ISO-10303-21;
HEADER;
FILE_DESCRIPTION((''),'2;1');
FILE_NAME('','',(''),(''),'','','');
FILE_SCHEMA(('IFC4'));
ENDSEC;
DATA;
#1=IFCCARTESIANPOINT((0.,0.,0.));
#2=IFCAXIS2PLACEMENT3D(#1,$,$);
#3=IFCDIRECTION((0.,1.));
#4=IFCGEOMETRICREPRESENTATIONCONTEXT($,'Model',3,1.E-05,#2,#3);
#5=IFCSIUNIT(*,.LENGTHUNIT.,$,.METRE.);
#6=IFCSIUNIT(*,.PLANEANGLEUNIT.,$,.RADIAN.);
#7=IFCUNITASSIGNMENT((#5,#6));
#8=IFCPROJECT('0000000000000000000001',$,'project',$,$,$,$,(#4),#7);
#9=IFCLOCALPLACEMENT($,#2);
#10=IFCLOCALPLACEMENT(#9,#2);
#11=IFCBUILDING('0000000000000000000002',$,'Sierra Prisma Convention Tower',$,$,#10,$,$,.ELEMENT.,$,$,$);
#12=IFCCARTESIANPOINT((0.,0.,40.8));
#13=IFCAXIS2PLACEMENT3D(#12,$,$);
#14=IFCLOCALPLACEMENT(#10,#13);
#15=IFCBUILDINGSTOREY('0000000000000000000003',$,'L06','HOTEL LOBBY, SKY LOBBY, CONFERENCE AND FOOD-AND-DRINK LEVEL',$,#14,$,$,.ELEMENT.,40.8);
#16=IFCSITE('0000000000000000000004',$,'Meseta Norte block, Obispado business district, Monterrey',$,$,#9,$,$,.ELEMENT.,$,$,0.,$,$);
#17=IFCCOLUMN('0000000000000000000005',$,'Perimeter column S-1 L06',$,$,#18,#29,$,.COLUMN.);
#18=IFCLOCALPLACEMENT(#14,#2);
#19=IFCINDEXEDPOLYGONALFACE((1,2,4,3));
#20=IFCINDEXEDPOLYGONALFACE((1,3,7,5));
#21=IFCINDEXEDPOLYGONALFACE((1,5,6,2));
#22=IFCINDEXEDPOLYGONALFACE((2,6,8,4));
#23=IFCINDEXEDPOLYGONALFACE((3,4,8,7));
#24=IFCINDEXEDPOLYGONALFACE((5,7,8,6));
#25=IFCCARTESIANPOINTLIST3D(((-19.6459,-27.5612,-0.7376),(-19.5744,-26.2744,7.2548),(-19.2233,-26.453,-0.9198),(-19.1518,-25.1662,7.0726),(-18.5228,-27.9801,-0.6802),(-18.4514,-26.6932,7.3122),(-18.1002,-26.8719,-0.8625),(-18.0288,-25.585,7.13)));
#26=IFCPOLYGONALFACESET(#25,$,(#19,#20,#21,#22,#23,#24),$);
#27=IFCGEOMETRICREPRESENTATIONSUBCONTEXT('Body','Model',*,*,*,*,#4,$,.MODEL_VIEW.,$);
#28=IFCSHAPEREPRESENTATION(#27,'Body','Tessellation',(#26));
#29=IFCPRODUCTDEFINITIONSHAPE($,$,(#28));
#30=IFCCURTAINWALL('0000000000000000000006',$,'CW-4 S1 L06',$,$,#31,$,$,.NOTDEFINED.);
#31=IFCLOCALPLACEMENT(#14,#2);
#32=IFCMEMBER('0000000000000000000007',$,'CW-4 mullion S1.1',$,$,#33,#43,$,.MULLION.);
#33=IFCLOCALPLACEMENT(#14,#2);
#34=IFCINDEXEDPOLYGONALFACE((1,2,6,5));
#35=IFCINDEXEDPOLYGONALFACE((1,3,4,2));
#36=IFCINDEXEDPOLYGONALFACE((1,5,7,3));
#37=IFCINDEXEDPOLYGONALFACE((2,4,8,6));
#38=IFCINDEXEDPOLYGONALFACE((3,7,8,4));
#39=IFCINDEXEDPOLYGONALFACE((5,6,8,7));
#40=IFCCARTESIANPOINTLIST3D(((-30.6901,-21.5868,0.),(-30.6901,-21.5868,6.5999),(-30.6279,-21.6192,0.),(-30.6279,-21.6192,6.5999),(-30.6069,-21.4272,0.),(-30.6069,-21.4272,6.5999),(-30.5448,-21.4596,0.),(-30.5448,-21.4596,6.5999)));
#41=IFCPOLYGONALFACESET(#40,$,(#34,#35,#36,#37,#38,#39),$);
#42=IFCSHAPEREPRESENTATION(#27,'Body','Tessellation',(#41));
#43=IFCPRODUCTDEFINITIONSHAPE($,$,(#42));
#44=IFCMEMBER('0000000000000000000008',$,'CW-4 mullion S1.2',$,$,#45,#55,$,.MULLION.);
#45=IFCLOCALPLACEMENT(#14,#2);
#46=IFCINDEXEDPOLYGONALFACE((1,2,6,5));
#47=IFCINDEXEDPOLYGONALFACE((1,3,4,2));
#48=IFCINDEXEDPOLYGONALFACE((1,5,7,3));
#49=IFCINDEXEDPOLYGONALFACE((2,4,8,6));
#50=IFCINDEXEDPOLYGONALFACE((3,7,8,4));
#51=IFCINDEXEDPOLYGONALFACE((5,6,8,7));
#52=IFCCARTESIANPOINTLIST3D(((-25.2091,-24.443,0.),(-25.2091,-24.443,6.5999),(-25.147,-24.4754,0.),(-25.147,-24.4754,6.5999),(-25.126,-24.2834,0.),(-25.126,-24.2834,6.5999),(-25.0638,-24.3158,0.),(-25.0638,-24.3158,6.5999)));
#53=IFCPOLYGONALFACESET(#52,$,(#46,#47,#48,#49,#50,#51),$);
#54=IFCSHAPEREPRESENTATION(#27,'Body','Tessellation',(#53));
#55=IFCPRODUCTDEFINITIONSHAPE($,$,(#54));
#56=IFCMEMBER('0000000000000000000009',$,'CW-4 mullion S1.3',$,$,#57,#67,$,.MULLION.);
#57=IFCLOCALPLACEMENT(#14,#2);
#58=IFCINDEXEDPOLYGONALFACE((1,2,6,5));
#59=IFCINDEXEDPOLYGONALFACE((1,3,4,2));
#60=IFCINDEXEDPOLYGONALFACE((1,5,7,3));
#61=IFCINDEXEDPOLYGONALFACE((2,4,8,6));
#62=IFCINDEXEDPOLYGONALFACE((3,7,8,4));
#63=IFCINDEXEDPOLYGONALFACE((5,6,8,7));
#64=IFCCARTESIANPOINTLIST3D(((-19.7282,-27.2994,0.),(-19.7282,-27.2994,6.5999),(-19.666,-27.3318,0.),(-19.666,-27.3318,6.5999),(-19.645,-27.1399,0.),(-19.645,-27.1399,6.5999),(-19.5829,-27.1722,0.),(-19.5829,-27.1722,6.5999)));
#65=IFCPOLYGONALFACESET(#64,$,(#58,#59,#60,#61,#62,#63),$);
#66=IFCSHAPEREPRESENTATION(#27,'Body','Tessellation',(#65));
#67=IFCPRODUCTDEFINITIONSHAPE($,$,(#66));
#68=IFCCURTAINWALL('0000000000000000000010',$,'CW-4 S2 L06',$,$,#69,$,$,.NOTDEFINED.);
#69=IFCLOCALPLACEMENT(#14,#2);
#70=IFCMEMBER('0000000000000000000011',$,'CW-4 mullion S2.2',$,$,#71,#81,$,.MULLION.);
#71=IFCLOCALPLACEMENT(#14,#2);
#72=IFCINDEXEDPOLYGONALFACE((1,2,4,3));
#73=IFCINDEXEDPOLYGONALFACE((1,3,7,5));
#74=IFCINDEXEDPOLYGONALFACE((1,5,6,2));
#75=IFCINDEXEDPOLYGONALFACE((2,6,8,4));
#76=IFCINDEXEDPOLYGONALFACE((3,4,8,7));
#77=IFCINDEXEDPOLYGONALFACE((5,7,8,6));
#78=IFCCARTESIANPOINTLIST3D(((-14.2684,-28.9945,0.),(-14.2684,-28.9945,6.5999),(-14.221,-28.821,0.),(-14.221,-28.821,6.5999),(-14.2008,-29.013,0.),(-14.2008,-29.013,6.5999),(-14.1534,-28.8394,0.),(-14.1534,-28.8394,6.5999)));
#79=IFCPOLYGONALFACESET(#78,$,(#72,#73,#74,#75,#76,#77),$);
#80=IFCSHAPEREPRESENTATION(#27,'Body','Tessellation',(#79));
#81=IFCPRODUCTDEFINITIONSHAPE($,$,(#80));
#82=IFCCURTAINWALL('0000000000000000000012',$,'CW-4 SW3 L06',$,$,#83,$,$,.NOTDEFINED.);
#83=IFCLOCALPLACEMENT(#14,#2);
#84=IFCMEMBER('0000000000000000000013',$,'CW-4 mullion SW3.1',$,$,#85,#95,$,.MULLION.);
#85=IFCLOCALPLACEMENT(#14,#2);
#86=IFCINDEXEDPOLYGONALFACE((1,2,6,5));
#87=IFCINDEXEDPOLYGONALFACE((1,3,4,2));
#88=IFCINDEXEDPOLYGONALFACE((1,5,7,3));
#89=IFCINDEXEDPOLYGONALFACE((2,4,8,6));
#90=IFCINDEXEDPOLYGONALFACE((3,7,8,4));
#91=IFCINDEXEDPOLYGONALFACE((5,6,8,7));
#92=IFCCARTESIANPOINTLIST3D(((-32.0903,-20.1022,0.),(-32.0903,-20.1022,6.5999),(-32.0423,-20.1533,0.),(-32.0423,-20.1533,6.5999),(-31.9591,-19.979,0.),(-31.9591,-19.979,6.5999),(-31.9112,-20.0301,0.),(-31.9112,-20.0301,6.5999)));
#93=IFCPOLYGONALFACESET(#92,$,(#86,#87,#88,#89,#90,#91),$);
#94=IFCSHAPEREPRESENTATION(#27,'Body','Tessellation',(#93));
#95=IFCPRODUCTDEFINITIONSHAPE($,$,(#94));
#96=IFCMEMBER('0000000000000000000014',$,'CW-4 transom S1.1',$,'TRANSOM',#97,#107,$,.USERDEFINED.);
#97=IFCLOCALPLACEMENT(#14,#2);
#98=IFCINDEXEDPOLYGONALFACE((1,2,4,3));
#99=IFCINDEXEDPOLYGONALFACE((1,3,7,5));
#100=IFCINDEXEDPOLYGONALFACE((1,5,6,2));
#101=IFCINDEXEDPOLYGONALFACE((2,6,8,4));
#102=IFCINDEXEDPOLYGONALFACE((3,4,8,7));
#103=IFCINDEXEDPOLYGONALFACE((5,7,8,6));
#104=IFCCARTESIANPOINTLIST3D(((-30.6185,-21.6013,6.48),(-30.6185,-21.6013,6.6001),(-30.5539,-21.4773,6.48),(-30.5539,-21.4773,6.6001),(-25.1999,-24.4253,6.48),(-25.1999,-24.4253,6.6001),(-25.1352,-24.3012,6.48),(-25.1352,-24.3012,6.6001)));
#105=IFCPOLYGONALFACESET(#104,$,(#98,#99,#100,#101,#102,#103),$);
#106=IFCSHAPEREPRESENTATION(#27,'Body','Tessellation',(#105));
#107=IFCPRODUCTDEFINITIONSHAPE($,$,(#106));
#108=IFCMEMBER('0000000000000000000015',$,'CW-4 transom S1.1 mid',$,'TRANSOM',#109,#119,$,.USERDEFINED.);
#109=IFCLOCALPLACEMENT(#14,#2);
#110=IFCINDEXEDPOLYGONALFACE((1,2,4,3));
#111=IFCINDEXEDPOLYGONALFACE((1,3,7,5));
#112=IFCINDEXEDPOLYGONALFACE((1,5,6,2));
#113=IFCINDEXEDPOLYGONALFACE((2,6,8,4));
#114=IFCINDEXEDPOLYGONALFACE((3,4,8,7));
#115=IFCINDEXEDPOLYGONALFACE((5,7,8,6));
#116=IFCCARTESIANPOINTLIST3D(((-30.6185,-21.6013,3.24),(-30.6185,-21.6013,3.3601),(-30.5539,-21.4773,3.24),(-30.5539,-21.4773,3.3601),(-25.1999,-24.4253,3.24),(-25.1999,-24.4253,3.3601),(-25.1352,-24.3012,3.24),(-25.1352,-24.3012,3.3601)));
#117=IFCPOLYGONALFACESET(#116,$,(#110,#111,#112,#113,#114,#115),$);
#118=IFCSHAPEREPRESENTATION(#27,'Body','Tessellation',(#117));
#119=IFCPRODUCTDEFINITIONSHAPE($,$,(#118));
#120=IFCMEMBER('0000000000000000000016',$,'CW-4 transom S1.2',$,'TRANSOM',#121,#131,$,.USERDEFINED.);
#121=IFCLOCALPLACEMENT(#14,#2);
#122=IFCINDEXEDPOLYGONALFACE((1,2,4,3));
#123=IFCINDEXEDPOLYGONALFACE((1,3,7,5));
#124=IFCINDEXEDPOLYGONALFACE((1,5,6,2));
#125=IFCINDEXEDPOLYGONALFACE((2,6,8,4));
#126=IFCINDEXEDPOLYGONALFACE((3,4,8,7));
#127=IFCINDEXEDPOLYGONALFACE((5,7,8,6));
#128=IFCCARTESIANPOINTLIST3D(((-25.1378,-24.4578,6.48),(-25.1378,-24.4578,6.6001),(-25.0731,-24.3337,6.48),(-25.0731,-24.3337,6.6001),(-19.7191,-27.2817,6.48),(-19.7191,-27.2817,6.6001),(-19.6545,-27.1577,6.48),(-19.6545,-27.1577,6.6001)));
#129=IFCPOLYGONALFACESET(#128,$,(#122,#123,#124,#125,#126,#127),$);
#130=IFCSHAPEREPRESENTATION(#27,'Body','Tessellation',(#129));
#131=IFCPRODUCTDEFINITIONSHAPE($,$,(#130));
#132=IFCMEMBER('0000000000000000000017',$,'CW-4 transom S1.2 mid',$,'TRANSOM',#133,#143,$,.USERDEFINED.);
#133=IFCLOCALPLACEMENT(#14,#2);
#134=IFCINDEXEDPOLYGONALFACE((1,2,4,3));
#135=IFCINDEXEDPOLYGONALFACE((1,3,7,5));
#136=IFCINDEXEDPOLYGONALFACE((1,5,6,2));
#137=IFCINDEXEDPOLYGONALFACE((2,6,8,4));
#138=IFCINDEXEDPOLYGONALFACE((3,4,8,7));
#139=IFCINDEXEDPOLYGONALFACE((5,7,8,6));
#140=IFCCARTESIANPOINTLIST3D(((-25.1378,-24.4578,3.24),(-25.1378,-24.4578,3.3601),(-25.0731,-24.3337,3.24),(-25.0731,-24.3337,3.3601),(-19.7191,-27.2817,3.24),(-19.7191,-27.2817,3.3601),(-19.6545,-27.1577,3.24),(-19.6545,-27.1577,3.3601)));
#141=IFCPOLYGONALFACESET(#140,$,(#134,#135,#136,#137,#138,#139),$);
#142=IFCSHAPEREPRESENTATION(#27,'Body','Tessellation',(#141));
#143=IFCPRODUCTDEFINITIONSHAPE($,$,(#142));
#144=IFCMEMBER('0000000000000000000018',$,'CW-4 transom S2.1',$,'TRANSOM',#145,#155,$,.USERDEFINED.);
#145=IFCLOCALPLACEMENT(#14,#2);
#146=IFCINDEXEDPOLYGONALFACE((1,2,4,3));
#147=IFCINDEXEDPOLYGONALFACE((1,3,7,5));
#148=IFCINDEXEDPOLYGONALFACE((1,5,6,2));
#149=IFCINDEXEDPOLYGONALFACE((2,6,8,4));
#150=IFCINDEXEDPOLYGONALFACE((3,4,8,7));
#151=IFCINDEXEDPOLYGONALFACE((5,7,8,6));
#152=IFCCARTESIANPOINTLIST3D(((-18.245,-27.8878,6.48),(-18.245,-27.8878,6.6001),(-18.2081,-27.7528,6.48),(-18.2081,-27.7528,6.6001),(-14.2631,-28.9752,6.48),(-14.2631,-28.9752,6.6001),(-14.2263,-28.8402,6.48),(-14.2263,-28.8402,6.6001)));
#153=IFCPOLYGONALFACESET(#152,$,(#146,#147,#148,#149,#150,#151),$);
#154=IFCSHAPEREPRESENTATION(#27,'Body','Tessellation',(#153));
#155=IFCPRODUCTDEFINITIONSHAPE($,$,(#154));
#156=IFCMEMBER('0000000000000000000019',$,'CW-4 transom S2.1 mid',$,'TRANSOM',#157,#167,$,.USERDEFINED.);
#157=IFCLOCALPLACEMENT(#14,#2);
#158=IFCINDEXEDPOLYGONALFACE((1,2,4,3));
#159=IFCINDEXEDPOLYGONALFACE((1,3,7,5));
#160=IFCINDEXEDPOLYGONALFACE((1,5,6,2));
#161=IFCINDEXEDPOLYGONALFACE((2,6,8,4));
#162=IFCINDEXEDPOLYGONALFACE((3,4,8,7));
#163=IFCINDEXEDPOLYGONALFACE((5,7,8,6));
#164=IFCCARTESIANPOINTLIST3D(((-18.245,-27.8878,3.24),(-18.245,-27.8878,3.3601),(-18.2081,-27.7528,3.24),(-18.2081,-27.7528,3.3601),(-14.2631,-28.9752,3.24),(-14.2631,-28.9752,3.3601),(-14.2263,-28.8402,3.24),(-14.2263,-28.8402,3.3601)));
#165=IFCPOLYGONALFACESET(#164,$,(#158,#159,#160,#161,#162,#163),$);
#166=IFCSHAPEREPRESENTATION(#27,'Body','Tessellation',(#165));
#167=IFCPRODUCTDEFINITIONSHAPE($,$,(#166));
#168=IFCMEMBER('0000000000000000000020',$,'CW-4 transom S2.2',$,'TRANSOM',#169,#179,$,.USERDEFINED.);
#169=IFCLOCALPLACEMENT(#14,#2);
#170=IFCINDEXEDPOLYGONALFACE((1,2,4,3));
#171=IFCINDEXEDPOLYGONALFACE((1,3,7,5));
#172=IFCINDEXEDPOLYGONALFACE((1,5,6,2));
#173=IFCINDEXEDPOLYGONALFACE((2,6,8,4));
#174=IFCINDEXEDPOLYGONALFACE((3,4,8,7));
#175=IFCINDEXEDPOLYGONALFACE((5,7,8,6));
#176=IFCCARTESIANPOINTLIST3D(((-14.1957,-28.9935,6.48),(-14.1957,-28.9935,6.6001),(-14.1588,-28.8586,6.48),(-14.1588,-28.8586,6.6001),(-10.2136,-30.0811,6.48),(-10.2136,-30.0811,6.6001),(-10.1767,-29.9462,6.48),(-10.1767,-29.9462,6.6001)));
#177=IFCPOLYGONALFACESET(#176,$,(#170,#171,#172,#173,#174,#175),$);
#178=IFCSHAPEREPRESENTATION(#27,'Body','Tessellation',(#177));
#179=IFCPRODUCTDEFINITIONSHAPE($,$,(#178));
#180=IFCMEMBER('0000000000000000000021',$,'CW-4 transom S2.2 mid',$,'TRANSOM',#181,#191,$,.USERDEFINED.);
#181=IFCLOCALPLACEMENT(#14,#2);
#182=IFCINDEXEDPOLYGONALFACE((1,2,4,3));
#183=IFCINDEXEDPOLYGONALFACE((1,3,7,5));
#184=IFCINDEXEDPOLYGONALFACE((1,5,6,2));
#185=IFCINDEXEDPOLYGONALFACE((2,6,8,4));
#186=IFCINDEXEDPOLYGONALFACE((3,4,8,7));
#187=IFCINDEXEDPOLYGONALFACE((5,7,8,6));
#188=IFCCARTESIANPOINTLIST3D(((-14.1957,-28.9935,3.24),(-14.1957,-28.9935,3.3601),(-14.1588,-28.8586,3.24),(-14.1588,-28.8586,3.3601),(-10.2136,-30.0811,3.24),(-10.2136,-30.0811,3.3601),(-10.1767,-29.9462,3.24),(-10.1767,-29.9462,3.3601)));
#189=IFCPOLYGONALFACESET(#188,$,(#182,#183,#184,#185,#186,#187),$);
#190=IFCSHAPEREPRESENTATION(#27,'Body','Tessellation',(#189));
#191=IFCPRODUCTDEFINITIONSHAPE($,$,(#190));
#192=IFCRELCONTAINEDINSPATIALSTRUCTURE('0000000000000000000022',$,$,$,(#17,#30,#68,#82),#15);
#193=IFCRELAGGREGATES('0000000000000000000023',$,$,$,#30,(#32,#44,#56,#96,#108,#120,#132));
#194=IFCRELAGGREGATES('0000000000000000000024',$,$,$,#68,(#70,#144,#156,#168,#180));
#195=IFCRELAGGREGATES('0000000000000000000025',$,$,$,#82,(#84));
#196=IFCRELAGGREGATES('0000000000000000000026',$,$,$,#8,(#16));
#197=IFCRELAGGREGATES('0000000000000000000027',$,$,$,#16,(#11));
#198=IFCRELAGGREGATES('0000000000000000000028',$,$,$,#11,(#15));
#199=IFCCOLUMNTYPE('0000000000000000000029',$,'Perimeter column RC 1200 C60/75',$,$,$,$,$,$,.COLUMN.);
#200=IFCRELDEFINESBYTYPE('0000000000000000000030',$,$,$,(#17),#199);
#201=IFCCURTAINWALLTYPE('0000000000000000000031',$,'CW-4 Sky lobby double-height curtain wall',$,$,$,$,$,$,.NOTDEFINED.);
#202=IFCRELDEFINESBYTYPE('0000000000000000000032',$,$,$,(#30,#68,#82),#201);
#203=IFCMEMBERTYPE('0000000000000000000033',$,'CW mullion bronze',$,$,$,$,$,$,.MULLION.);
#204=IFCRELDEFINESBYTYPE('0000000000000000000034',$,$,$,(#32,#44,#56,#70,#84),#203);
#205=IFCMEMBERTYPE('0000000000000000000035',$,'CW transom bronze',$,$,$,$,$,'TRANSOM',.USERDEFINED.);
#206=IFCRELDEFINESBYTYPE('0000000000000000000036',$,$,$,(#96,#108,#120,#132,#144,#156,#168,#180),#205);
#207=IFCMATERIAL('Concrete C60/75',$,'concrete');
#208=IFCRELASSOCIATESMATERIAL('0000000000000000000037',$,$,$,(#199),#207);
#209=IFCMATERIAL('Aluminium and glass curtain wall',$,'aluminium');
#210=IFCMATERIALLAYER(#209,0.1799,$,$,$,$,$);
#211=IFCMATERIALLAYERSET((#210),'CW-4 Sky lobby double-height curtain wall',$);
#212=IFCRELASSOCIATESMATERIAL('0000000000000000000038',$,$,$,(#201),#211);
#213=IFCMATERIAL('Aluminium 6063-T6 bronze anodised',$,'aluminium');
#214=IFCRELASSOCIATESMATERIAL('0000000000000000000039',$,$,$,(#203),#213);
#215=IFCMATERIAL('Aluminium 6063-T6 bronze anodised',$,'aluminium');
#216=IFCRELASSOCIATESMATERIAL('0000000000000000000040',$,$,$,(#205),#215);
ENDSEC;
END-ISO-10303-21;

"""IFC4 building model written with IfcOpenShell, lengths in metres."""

from ifc_helpers import new_model, si_unit, direction, frame, origin, origin_2d, place, context, subcontext, project, spatial, rectangle, extrude, clip, halfspace, material, layer, layer_set, material_profile, profile_set, type_object, element, aggregate, save


model = new_model("IFC4")

# Units and contexts
model_context = context("Model", 3, precision=1e-05, world=origin(), true_north=direction((0.0, 1.0)))
body_context = subcontext(model_context, "Body", "Model", "MODEL_VIEW")
ifc_project = project(units=[si_unit("LENGTHUNIT", "METRE"), si_unit("PLANEANGLEUNIT", "RADIAN")], contexts=[model_context])

# Site, building, storey
site_placement = place(None, origin())
site = spatial("IfcSite", under=ifc_project, at=site_placement, Name="Meseta Norte block, Obispado business district, Monterrey", CompositionType="ELEMENT", RefElevation=0.0)
building_placement = place(site_placement, origin())
building = spatial("IfcBuilding", under=site, at=building_placement, Name="Sierra Prisma Convention Tower", CompositionType="ELEMENT")
storey_placement = place(building_placement, frame((0.0, 0.0, 40.8)))
storey = spatial("IfcBuildingStorey", under=building, at=storey_placement, Name="L06", Description="HOTEL LOBBY, SKY LOBBY, CONFERENCE AND FOOD-AND-DRINK LEVEL", CompositionType="ELEMENT", Elevation=40.8)

# Column
ifc_material_1 = material(Name="Concrete C60/75", Category="concrete")
ifc_material_profile_1 = material_profile(ifc_material_1, rectangle(XDim=1.2, YDim=1.2, at=origin_2d()), Name="Perimeter column RC 1200 C60/75")
ifc_profile_set_1 = profile_set([ifc_material_profile_1], Name="Concrete C60/75")
column_type = type_object("IfcColumnType", Name="Perimeter column RC 1200 C60/75", PredefinedType="COLUMN", material=ifc_profile_set_1)
column_placement = place(storey_placement, frame((-18.873, -27.2166, -0.8), z_axis=(0.008828, 0.158957, 0.987246), x_axis=(-0.93589, 0.34903, -0.047829)))
element("IfcColumn", 1, at=column_placement, inside=storey, type_object=column_type, Name="Perimeter column S-1 L06", PredefinedType="COLUMN", context=body_context, shape_type="SweptSolid", body=[
    clip(extrude(rectangle(XDim=1.2, YDim=1.2, at=origin_2d()), origin(), (0.0, 0.0, 1.0), 8.1033), halfspace(frame((0.0, 0.0, 8.0957)), False)),
])

# Curtain wall, members
ifc_material_2 = material(Name="Aluminium and glass curtain wall", Category="aluminium")
ifc_layer_1 = layer(ifc_material_2, 0.1799)
ifc_layer_set_1 = layer_set([ifc_layer_1], Name="CW-4 Sky lobby double-height curtain wall")
curtain_wall_type = type_object("IfcCurtainWallType", Name="CW-4 Sky lobby double-height curtain wall", PredefinedType="NOTDEFINED", material=ifc_layer_set_1)
curtain_wall_1_placement = place(storey_placement, origin())
curtain_wall_1 = element("IfcCurtainWall", 2, at=curtain_wall_1_placement, inside=storey, type_object=curtain_wall_type, Name="CW-4 S1 L06", PredefinedType="NOTDEFINED")
ifc_material_3 = material(Name="Aluminium 6063-T6 bronze anodised", Category="aluminium")
ifc_material_profile_2 = material_profile(ifc_material_3, rectangle(XDim=0.1799, YDim=0.0701, at=origin_2d()), Name="ALU MULLION 70x180")
ifc_profile_set_2 = profile_set([ifc_material_profile_2], Name="Aluminium 6063-T6 bronze anodised")
member_type_1 = type_object("IfcMemberType", Name="CW mullion bronze", PredefinedType="MULLION", material=ifc_profile_set_2)
member_1_placement = place(storey_placement, frame((-30.6174, -21.5232, 0.0), z_axis=(0.0, 0.0, 1.0), x_axis=(0.462151, 0.886801, 0.0)))
member_1 = element("IfcMember", 3, at=member_1_placement, type_object=member_type_1, Name="CW-4 mullion S1.1", PredefinedType="MULLION", context=body_context, shape_type="SweptSolid", body=[
    extrude(rectangle(XDim=0.1799, YDim=0.0701, at=origin_2d()), origin(), (0.0, 0.0, 1.0), 6.5999),
])
member_2_placement = place(storey_placement, frame((-25.1365, -24.3794, 0.0), z_axis=(0.0, 0.0, 1.0), x_axis=(0.462151, 0.886801, 0.0)))
member_2 = element("IfcMember", 4, at=member_2_placement, type_object=member_type_1, Name="CW-4 mullion S1.2", PredefinedType="MULLION", context=body_context, shape_type="SweptSolid", body=[
    extrude(rectangle(XDim=0.1799, YDim=0.0701, at=origin_2d()), origin(), (0.0, 0.0, 1.0), 6.5999),
])
member_3_placement = place(storey_placement, frame((-19.6555, -27.2358, 0.0), z_axis=(0.0, 0.0, 1.0), x_axis=(0.462151, 0.886801, 0.0)))
member_3 = element("IfcMember", 5, at=member_3_placement, type_object=member_type_1, Name="CW-4 mullion S1.3", PredefinedType="MULLION", context=body_context, shape_type="SweptSolid", body=[
    extrude(rectangle(XDim=0.1799, YDim=0.0701, at=origin_2d()), origin(), (0.0, 0.0, 1.0), 6.5999),
])

# Curtain walls, members
curtain_wall_2_placement = place(storey_placement, origin())
curtain_wall_2 = element("IfcCurtainWall", 6, at=curtain_wall_2_placement, inside=storey, type_object=curtain_wall_type, Name="CW-4 S2 L06", PredefinedType="NOTDEFINED")
member_4_placement = place(storey_placement, frame((-14.2109, -28.917, 0.0), z_axis=(0.0, 0.0, 1.0), x_axis=(0.263456, 0.964671, 0.0)))
member_4 = element("IfcMember", 7, at=member_4_placement, type_object=member_type_1, Name="CW-4 mullion S2.2", PredefinedType="MULLION", context=body_context, shape_type="SweptSolid", body=[
    extrude(rectangle(XDim=0.1799, YDim=0.0701, at=origin_2d()), origin(), (0.0, 0.0, 1.0), 6.5999),
])
curtain_wall_3_placement = place(storey_placement, origin())
curtain_wall_3 = element("IfcCurtainWall", 8, at=curtain_wall_3_placement, inside=storey, type_object=curtain_wall_type, Name="CW-4 SW3 L06", PredefinedType="NOTDEFINED")
member_5_placement = place(storey_placement, frame((-32.0007, -20.0662, 0.0), z_axis=(0.0, 0.0, 1.0), x_axis=(0.729107, 0.6844, 0.0)))
member_5 = element("IfcMember", 9, at=member_5_placement, type_object=member_type_1, Name="CW-4 mullion SW3.1", PredefinedType="MULLION", context=body_context, shape_type="SweptSolid", body=[
    extrude(rectangle(XDim=0.1799, YDim=0.0701, at=origin_2d()), origin(), (0.0, 0.0, 1.0), 6.5999),
])

# Members
ifc_material_4 = material(Name="Aluminium 6063-T6 bronze anodised", Category="aluminium")
ifc_material_profile_3 = material_profile(ifc_material_4, rectangle(XDim=0.1399, YDim=0.1201, at=origin_2d()), Name="ALU TRANSOM 120x140")
ifc_profile_set_3 = profile_set([ifc_material_profile_3], Name="Aluminium 6063-T6 bronze anodised")
member_type_2 = type_object("IfcMemberType", Name="CW transom bronze", ElementType="TRANSOM", PredefinedType="USERDEFINED", material=ifc_profile_set_3)
member_6_placement = place(storey_placement, frame((-30.5862, -21.5393, 6.54), z_axis=(0.886798, -0.462158, 0.0), x_axis=(0.462158, 0.886798, 0.0)))
member_6 = element("IfcMember", 10, at=member_6_placement, type_object=member_type_2, Name="CW-4 transom S1.1", ObjectType="TRANSOM", PredefinedType="USERDEFINED", context=body_context, shape_type="SweptSolid", body=[
    extrude(rectangle(XDim=0.1399, YDim=0.1201, at=origin_2d()), origin(), (0.0, 0.0, 1.0), 6.1104),
])
member_7_placement = place(storey_placement, frame((-30.5862, -21.5393, 3.3), z_axis=(0.886798, -0.462158, 0.0), x_axis=(0.462158, 0.886798, 0.0)))
member_7 = element("IfcMember", 11, at=member_7_placement, type_object=member_type_2, Name="CW-4 transom S1.1 mid", ObjectType="TRANSOM", PredefinedType="USERDEFINED", context=body_context, shape_type="SweptSolid", body=[
    extrude(rectangle(XDim=0.1399, YDim=0.1201, at=origin_2d()), origin(), (0.0, 0.0, 1.0), 6.1104),
])
member_8_placement = place(storey_placement, frame((-25.1055, -24.3958, 6.54), z_axis=(0.886798, -0.462158, 0.0), x_axis=(0.462158, 0.886798, 0.0)))
member_8 = element("IfcMember", 12, at=member_8_placement, type_object=member_type_2, Name="CW-4 transom S1.2", ObjectType="TRANSOM", PredefinedType="USERDEFINED", context=body_context, shape_type="SweptSolid", body=[
    extrude(rectangle(XDim=0.1399, YDim=0.1201, at=origin_2d()), origin(), (0.0, 0.0, 1.0), 6.1104),
])
member_9_placement = place(storey_placement, frame((-25.1055, -24.3958, 3.3), z_axis=(0.886798, -0.462158, 0.0), x_axis=(0.462158, 0.886798, 0.0)))
member_9 = element("IfcMember", 13, at=member_9_placement, type_object=member_type_2, Name="CW-4 transom S1.2 mid", ObjectType="TRANSOM", PredefinedType="USERDEFINED", context=body_context, shape_type="SweptSolid", body=[
    extrude(rectangle(XDim=0.1399, YDim=0.1201, at=origin_2d()), origin(), (0.0, 0.0, 1.0), 6.1104),
])
member_10_placement = place(storey_placement, frame((-18.2266, -27.8203, 6.54), z_axis=(0.964676, -0.263438, 0.0), x_axis=(0.263438, 0.964676, 0.0)))
member_10 = element("IfcMember", 14, at=member_10_placement, type_object=member_type_2, Name="CW-4 transom S2.1", ObjectType="TRANSOM", PredefinedType="USERDEFINED", context=body_context, shape_type="SweptSolid", body=[
    extrude(rectangle(XDim=0.1399, YDim=0.1201, at=origin_2d()), origin(), (0.0, 0.0, 1.0), 4.1277),
])
member_11_placement = place(storey_placement, frame((-18.2266, -27.8203, 3.3), z_axis=(0.964676, -0.263438, 0.0), x_axis=(0.263438, 0.964676, 0.0)))
member_11 = element("IfcMember", 15, at=member_11_placement, type_object=member_type_2, Name="CW-4 transom S2.1 mid", ObjectType="TRANSOM", PredefinedType="USERDEFINED", context=body_context, shape_type="SweptSolid", body=[
    extrude(rectangle(XDim=0.1399, YDim=0.1201, at=origin_2d()), origin(), (0.0, 0.0, 1.0), 4.1277),
])
member_12_placement = place(storey_placement, frame((-14.1772, -28.926, 6.54), z_axis=(0.964665, -0.263478, 0.0), x_axis=(0.263478, 0.964665, 0.0)))
member_12 = element("IfcMember", 16, at=member_12_placement, type_object=member_type_2, Name="CW-4 transom S2.2", ObjectType="TRANSOM", PredefinedType="USERDEFINED", context=body_context, shape_type="SweptSolid", body=[
    extrude(rectangle(XDim=0.1399, YDim=0.1201, at=origin_2d()), origin(), (0.0, 0.0, 1.0), 4.1279),
])
member_13_placement = place(storey_placement, frame((-14.1772, -28.926, 3.3), z_axis=(0.964665, -0.263478, 0.0), x_axis=(0.263478, 0.964665, 0.0)))
member_13 = element("IfcMember", 17, at=member_13_placement, type_object=member_type_2, Name="CW-4 transom S2.2 mid", ObjectType="TRANSOM", PredefinedType="USERDEFINED", context=body_context, shape_type="SweptSolid", body=[
    extrude(rectangle(XDim=0.1399, YDim=0.1201, at=origin_2d()), origin(), (0.0, 0.0, 1.0), 4.1279),
])

aggregate(curtain_wall_1, [member_1, member_2, member_3, member_6, member_7, member_8, member_9])
aggregate(curtain_wall_2, [member_4, member_10, member_11, member_12, member_13])
aggregate(curtain_wall_3, [member_5])

save(model, "model.ifc")
